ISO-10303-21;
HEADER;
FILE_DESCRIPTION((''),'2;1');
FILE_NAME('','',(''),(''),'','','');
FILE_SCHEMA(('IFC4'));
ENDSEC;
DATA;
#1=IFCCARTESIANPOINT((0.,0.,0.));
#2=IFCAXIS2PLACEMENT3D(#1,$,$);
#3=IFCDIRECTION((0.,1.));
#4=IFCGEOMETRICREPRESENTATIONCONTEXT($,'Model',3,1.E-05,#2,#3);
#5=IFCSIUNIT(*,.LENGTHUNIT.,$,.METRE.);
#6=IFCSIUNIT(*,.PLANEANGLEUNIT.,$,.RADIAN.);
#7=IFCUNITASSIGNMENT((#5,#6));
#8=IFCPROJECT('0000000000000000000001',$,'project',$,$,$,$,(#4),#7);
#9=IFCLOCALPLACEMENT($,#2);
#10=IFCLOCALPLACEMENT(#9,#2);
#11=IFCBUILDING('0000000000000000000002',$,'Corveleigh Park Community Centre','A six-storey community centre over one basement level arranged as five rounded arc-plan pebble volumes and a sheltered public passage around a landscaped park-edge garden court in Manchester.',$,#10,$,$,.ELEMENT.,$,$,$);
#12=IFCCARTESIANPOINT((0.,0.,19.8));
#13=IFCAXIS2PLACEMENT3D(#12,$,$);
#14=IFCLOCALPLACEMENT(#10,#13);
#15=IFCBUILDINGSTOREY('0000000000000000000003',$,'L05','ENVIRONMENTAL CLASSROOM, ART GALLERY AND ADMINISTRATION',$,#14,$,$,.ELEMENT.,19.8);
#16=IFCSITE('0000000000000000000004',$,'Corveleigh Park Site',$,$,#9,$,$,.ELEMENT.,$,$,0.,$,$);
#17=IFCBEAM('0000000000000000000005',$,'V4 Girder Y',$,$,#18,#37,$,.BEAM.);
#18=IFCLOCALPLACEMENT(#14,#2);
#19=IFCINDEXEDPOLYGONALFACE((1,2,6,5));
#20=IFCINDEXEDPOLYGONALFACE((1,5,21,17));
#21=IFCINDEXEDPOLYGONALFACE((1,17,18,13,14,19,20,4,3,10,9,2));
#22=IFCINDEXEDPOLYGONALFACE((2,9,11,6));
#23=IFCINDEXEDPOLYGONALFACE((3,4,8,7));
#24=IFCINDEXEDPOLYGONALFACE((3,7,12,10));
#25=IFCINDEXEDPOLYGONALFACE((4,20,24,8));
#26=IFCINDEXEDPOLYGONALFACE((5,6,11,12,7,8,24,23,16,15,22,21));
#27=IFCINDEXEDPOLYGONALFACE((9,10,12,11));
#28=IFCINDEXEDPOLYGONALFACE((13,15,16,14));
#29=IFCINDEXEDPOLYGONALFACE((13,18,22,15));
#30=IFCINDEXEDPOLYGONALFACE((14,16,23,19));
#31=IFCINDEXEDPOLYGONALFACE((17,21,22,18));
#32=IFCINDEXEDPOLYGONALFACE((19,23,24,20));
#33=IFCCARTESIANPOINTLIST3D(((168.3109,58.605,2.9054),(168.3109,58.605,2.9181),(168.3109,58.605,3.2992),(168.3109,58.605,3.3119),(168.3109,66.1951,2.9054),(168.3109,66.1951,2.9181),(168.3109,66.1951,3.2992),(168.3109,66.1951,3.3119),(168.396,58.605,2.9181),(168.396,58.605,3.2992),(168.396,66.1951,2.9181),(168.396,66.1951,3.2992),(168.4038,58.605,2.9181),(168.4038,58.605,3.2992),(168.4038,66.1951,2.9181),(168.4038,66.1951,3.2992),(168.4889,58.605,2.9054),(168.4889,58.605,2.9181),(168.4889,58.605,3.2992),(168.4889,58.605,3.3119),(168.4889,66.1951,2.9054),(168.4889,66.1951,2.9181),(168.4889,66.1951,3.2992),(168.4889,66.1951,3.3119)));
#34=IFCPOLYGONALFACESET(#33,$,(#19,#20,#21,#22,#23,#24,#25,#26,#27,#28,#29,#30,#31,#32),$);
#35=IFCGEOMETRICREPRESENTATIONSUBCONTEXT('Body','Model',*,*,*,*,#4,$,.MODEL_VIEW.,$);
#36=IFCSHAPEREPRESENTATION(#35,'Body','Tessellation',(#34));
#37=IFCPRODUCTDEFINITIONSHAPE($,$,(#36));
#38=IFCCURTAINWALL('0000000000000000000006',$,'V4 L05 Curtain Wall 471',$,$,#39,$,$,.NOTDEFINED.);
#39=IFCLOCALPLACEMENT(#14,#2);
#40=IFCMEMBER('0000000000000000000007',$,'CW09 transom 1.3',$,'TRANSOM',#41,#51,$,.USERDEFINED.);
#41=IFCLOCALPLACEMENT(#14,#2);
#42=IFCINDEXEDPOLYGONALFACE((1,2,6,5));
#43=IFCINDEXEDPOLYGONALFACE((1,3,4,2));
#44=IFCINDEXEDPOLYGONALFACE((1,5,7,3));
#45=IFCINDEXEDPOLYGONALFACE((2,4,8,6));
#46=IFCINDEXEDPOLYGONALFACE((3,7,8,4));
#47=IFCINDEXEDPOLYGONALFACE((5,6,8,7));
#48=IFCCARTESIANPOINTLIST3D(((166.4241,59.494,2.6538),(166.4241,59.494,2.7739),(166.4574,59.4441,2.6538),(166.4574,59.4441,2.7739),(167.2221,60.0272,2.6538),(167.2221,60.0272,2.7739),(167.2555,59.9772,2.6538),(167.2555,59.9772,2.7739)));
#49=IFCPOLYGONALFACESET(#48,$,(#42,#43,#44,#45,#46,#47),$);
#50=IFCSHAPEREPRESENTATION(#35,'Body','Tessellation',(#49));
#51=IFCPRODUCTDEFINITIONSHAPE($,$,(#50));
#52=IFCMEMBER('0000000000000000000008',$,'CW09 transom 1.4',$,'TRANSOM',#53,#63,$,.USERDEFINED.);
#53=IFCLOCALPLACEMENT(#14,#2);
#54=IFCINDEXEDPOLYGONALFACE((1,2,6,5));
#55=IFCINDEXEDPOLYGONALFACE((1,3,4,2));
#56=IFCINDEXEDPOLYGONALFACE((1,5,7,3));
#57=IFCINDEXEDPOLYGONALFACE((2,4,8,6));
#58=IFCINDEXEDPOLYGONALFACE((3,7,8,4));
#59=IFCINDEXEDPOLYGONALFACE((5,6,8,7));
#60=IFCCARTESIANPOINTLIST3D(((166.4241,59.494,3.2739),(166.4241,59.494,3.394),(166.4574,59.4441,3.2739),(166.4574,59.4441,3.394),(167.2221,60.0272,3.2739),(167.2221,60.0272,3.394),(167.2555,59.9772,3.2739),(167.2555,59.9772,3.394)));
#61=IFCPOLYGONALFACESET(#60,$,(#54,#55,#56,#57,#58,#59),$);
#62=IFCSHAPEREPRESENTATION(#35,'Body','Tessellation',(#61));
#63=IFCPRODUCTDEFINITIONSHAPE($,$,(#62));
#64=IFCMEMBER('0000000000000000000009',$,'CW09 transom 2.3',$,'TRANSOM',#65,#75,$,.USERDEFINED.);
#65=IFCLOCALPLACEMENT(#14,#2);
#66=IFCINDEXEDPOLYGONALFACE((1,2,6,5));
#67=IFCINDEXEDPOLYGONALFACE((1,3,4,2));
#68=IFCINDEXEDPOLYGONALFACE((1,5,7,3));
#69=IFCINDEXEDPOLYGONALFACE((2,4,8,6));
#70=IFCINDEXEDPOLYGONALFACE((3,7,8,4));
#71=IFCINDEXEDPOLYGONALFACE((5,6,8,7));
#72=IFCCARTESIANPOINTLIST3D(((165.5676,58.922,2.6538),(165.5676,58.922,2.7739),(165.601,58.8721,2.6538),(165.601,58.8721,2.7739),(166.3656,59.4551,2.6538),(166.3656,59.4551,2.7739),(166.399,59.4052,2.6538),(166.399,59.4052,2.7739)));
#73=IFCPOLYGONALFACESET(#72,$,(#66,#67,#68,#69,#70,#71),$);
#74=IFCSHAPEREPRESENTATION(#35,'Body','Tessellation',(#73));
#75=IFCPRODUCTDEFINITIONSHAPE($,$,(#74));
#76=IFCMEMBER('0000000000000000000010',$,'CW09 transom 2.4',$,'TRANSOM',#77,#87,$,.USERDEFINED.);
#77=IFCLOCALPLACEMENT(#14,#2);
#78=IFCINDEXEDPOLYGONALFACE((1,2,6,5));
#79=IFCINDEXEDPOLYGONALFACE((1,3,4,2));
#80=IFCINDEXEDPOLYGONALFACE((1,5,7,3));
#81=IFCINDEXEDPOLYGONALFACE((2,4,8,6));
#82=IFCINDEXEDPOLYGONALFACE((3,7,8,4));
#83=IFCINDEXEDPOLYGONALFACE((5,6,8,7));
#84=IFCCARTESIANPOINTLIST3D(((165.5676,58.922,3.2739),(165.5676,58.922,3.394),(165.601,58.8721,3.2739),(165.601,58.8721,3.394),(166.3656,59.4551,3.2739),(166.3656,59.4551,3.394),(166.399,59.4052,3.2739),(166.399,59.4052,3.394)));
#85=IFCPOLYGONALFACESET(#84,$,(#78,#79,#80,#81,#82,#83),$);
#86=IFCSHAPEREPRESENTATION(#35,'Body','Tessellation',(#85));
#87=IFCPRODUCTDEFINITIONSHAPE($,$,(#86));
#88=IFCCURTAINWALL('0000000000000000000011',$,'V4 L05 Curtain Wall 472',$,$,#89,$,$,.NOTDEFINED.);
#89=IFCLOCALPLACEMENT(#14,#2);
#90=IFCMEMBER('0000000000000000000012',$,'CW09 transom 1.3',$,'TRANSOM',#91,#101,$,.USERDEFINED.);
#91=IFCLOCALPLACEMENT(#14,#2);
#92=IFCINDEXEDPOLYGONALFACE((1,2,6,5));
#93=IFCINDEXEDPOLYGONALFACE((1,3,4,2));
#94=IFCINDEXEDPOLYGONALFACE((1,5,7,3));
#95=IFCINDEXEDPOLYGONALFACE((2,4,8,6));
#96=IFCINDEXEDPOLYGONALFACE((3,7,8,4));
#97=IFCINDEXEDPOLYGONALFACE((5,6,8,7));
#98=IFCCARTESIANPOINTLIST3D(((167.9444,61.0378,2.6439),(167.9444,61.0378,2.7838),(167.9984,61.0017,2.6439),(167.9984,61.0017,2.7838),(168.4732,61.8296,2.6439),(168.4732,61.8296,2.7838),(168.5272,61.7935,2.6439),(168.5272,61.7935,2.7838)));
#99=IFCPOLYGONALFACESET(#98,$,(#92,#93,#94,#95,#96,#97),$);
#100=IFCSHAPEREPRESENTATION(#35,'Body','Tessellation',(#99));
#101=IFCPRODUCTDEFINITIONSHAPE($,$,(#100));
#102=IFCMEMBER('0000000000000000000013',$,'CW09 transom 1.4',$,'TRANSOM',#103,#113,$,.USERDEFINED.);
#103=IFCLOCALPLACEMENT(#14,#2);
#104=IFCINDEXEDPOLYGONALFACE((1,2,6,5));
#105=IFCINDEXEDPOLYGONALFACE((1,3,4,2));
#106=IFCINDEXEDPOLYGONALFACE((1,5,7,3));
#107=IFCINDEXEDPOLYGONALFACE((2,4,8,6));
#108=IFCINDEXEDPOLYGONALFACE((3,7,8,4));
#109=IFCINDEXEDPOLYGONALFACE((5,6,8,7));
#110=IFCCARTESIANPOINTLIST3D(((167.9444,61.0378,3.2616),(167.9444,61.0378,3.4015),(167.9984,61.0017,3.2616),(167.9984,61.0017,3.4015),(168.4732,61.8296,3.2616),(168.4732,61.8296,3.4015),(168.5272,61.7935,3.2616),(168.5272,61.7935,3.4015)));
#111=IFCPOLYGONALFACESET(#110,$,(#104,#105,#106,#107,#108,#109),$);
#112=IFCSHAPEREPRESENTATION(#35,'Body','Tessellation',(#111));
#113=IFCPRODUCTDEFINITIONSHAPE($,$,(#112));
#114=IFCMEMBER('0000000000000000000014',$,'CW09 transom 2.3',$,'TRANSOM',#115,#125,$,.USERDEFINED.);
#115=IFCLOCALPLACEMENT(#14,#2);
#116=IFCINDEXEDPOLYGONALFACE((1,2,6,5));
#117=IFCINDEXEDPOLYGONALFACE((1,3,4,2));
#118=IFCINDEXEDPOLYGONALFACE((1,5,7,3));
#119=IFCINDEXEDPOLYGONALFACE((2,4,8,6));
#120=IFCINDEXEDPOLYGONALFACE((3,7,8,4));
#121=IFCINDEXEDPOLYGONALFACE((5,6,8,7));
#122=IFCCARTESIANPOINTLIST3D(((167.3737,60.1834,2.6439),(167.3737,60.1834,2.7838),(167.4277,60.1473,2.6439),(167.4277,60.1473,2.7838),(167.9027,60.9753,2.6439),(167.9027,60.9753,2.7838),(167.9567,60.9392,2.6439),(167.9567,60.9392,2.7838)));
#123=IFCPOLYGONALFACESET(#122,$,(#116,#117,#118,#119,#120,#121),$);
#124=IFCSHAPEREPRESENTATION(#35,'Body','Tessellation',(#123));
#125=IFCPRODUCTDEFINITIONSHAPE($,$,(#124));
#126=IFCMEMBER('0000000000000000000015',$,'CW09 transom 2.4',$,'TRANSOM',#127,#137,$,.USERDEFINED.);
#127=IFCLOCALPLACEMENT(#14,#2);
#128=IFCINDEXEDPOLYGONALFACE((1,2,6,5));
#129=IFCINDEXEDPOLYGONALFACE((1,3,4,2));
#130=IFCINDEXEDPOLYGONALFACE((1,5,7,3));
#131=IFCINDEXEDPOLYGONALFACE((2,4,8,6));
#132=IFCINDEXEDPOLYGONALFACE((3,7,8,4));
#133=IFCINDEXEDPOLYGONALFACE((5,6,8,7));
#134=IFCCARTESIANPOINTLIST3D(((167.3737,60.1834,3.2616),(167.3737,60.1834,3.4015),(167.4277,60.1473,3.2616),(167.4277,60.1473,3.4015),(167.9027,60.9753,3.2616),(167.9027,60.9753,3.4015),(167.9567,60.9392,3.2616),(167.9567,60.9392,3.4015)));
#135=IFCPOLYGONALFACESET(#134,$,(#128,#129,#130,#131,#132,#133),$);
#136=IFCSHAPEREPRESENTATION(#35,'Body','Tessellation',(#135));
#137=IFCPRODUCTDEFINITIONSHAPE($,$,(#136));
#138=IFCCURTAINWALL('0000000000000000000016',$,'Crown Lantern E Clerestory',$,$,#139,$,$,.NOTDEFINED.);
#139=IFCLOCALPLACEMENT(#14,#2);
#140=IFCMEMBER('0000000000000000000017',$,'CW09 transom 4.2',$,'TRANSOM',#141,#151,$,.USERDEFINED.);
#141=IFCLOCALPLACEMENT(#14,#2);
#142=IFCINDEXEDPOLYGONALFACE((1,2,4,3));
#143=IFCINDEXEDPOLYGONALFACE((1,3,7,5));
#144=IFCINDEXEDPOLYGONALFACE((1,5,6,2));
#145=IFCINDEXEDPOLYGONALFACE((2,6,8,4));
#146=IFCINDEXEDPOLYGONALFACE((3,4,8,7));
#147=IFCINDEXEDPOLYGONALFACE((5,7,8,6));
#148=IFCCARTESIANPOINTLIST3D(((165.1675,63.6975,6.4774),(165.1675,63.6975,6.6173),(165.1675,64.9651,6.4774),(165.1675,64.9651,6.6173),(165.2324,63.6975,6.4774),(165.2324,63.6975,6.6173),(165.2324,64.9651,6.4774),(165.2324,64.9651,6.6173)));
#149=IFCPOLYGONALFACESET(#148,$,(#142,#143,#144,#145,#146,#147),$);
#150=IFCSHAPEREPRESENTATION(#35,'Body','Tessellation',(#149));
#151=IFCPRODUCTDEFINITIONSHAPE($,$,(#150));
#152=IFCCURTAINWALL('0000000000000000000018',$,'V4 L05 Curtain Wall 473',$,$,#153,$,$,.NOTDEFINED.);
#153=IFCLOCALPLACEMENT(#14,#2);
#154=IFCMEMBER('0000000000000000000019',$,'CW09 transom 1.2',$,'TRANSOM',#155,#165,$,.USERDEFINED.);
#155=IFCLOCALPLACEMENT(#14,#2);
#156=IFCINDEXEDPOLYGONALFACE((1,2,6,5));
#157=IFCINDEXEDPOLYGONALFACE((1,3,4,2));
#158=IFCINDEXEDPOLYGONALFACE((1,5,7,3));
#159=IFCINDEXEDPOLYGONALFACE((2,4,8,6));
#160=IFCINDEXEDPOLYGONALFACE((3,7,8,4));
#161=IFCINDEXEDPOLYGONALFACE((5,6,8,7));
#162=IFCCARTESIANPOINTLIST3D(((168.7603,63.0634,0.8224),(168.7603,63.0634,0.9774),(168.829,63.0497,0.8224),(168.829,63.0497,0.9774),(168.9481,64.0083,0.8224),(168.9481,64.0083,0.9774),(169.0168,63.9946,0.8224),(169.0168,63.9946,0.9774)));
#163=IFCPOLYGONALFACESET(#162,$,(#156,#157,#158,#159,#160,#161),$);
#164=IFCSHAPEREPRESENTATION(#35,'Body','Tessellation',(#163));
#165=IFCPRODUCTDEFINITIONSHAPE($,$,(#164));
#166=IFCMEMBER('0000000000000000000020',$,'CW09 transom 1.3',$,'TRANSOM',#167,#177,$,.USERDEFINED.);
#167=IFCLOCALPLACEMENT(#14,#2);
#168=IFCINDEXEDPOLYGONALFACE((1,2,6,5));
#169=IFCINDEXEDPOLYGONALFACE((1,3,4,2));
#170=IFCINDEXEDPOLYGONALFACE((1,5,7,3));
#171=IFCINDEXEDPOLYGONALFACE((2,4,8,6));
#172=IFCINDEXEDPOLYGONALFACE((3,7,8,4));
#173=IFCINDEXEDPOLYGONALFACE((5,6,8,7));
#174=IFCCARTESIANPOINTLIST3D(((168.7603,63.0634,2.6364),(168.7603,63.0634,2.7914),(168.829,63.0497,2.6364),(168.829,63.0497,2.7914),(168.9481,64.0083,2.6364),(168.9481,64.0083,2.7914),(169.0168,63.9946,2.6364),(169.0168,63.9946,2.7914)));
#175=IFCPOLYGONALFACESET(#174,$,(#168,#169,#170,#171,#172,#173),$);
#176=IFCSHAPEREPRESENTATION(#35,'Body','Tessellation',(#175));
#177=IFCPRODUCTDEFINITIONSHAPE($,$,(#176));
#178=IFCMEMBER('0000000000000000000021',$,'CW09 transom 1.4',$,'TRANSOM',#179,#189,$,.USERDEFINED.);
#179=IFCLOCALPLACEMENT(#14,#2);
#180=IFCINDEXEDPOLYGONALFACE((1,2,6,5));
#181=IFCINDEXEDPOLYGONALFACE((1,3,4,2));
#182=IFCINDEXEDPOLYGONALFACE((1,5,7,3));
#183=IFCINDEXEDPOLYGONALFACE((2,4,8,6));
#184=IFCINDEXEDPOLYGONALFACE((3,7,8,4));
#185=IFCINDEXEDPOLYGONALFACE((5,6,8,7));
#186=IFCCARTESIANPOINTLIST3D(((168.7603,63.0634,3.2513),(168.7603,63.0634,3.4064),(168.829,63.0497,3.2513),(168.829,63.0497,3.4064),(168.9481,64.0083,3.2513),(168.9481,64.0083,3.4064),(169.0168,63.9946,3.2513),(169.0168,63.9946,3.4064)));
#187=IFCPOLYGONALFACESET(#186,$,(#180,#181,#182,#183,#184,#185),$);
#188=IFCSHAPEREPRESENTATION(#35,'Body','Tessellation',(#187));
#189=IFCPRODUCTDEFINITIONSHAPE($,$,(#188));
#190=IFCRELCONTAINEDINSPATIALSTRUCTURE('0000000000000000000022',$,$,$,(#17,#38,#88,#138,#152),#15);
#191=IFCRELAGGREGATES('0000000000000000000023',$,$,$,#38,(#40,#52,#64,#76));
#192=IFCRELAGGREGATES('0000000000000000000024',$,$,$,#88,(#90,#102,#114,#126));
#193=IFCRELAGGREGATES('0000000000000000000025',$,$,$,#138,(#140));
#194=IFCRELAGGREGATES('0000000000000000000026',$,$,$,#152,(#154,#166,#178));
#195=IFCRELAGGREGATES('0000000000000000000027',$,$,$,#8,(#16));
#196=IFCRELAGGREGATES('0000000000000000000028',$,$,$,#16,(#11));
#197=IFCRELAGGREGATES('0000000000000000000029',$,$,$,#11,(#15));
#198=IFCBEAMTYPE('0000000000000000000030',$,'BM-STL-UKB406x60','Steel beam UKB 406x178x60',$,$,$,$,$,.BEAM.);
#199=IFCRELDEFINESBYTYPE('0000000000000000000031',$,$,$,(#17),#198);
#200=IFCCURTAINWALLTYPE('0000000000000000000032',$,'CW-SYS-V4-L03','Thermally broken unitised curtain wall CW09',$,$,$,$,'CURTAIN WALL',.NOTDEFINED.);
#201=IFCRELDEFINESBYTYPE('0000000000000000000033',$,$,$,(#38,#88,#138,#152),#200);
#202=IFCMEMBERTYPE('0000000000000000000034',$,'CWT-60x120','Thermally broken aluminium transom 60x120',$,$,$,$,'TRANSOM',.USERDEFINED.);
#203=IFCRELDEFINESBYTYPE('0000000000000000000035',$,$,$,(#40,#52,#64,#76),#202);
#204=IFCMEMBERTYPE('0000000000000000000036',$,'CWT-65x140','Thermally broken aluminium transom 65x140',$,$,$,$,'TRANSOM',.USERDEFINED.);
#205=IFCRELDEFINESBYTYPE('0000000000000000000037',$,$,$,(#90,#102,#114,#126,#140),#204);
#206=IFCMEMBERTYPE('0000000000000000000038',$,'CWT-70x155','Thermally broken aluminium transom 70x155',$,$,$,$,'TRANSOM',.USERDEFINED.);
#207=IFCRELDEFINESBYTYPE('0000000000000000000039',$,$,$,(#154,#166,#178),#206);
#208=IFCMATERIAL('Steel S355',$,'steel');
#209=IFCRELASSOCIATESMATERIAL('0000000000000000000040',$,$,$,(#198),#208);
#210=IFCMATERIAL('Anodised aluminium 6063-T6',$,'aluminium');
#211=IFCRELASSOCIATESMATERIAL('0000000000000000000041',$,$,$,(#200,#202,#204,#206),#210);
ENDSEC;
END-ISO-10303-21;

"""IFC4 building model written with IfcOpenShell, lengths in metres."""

from ifc_helpers import new_model, si_unit, direction, frame, origin, origin_2d, place, context, subcontext, project, spatial, rectangle, i_section, extrude, material, material_profile, profile_set, type_object, element, aggregate, save


model = new_model("IFC4")

# Units and contexts
model_context = context("Model", 3, precision=1e-05, world=origin(), true_north=direction((0.0, 1.0)))
body_context = subcontext(model_context, "Body", "Model", "MODEL_VIEW")
ifc_project = project(units=[si_unit("LENGTHUNIT", "METRE"), si_unit("PLANEANGLEUNIT", "RADIAN")], contexts=[model_context])

# Site, building, storey
site_placement = place(None, origin())
site = spatial("IfcSite", under=ifc_project, at=site_placement, Name="Corveleigh Park Site", CompositionType="ELEMENT", RefElevation=0.0)
building_placement = place(site_placement, origin())
building = spatial("IfcBuilding", under=site, at=building_placement, Name="Corveleigh Park Community Centre", Description="A six-storey community centre over one basement level arranged as five rounded arc-plan pebble volumes and a sheltered public passage around a landscaped park-edge garden court in Manchester.", CompositionType="ELEMENT")
storey_placement = place(building_placement, frame((0.0, 0.0, 19.8)))
storey = spatial("IfcBuildingStorey", under=building, at=storey_placement, Name="L05", Description="ENVIRONMENTAL CLASSROOM, ART GALLERY AND ADMINISTRATION", CompositionType="ELEMENT", Elevation=19.8)

# Beam
ifc_material_1 = material(Name="Steel S355", Category="steel")
ifc_material_profile_1 = material_profile(ifc_material_1, i_section(OverallWidth=0.178, OverallDepth=0.4065, WebThickness=0.0078, FlangeThickness=0.0127, at=origin_2d()), Name="UKB 406x178x60", Category="steel")
ifc_profile_set_1 = profile_set([ifc_material_profile_1], Name="Steel S355")
beam_type = type_object("IfcBeamType", Name="BM-STL-UKB406x60", Description="Steel beam UKB 406x178x60", PredefinedType="BEAM", material=ifc_profile_set_1)
beam_placement = place(storey_placement, frame((168.3999, 58.605, 3.1086), z_axis=(0.0, 1.0, 0.0), x_axis=(-1.0, 0.0, 0.0)))
element("IfcBeam", 1, at=beam_placement, inside=storey, type_object=beam_type, Name="V4 Girder Y", PredefinedType="BEAM", context=body_context, shape_type="SweptSolid", body=[
    extrude(i_section(OverallWidth=0.178, OverallDepth=0.4065, WebThickness=0.0078, FlangeThickness=0.0127, at=origin_2d()), origin(), (0.0, 0.0, 1.0), 7.5901),
])

# Curtain walls, members
ifc_material_2 = material(Name="Anodised aluminium 6063-T6", Category="aluminium")
curtain_wall_type = type_object("IfcCurtainWallType", Name="CW-SYS-V4-L03", Description="Thermally broken unitised curtain wall CW09", ElementType="CURTAIN WALL", PredefinedType="NOTDEFINED", material=ifc_material_2)
curtain_wall_1_placement = place(storey_placement, origin())
curtain_wall_1 = element("IfcCurtainWall", 2, at=curtain_wall_1_placement, inside=storey, type_object=curtain_wall_type, Name="V4 L05 Curtain Wall 471", PredefinedType="NOTDEFINED")
ifc_material_profile_2 = material_profile(ifc_material_2, rectangle(XDim=0.0601, YDim=0.1201, at=origin_2d()), Name="ALU-T60x120", Category="aluminium")
ifc_profile_set_2 = profile_set([ifc_material_profile_2], Name="Anodised aluminium 6063-T6")
member_type_1 = type_object("IfcMemberType", Name="CWT-60x120", Description="Thermally broken aluminium transom 60x120", ElementType="TRANSOM", PredefinedType="USERDEFINED", material=ifc_profile_set_2)
member_1_placement = place(storey_placement, frame((167.2388, 60.0022, 2.7139), z_axis=(-0.831502, -0.555522, 0.0), x_axis=(0.555522, -0.831502, 0.0)))
member_1 = element("IfcMember", 3, at=member_1_placement, type_object=member_type_1, Name="CW09 transom 1.3", ObjectType="TRANSOM", PredefinedType="USERDEFINED", context=body_context, shape_type="SweptSolid", body=[
    extrude(rectangle(XDim=0.0601, YDim=0.1201, at=origin_2d()), origin(), (0.0, 0.0, 1.0), 0.9597),
])
member_2_placement = place(storey_placement, frame((167.2388, 60.0022, 3.334), z_axis=(-0.831502, -0.555522, 0.0), x_axis=(0.555522, -0.831502, 0.0)))
member_2 = element("IfcMember", 4, at=member_2_placement, type_object=member_type_1, Name="CW09 transom 1.4", ObjectType="TRANSOM", PredefinedType="USERDEFINED", context=body_context, shape_type="SweptSolid", body=[
    extrude(rectangle(XDim=0.0601, YDim=0.1201, at=origin_2d()), origin(), (0.0, 0.0, 1.0), 0.9597),
])
member_3_placement = place(storey_placement, frame((166.3823, 59.4302, 2.7139), z_axis=(-0.831502, -0.555522, 0.0), x_axis=(0.555522, -0.831502, 0.0)))
member_3 = element("IfcMember", 5, at=member_3_placement, type_object=member_type_1, Name="CW09 transom 2.3", ObjectType="TRANSOM", PredefinedType="USERDEFINED", context=body_context, shape_type="SweptSolid", body=[
    extrude(rectangle(XDim=0.0601, YDim=0.1201, at=origin_2d()), origin(), (0.0, 0.0, 1.0), 0.9597),
])
member_4_placement = place(storey_placement, frame((166.3823, 59.4302, 3.334), z_axis=(-0.831502, -0.555522, 0.0), x_axis=(0.555522, -0.831502, 0.0)))
member_4 = element("IfcMember", 6, at=member_4_placement, type_object=member_type_1, Name="CW09 transom 2.4", ObjectType="TRANSOM", PredefinedType="USERDEFINED", context=body_context, shape_type="SweptSolid", body=[
    extrude(rectangle(XDim=0.0601, YDim=0.1201, at=origin_2d()), origin(), (0.0, 0.0, 1.0), 0.9597),
])
curtain_wall_2_placement = place(storey_placement, origin())
curtain_wall_2 = element("IfcCurtainWall", 7, at=curtain_wall_2_placement, inside=storey, type_object=curtain_wall_type, Name="V4 L05 Curtain Wall 472", PredefinedType="NOTDEFINED")
ifc_material_profile_3 = material_profile(ifc_material_2, rectangle(XDim=0.0649, YDim=0.1399, at=origin_2d()), Name="ALU-T65x140", Category="aluminium")
ifc_profile_set_3 = profile_set([ifc_material_profile_3], Name="Anodised aluminium 6063-T6")
member_type_2 = type_object("IfcMemberType", Name="CWT-65x140", Description="Thermally broken aluminium transom 65x140", ElementType="TRANSOM", PredefinedType="USERDEFINED", material=ifc_profile_set_3)
member_5_placement = place(storey_placement, frame((168.5002, 61.8115, 2.7139), z_axis=(-0.55541, -0.831577, 0.0), x_axis=(0.831577, -0.55541, 0.0)))
member_5 = element("IfcMember", 8, at=member_5_placement, type_object=member_type_2, Name="CW09 transom 1.3", ObjectType="TRANSOM", PredefinedType="USERDEFINED", context=body_context, shape_type="SweptSolid", body=[
    extrude(rectangle(XDim=0.0649, YDim=0.1399, at=origin_2d()), origin(), (0.0, 0.0, 1.0), 0.9521),
])
member_6_placement = place(storey_placement, frame((168.5002, 61.8115, 3.3315), z_axis=(-0.55541, -0.831577, 0.0), x_axis=(0.831577, -0.55541, 0.0)))
member_6 = element("IfcMember", 9, at=member_6_placement, type_object=member_type_2, Name="CW09 transom 1.4", ObjectType="TRANSOM", PredefinedType="USERDEFINED", context=body_context, shape_type="SweptSolid", body=[
    extrude(rectangle(XDim=0.0649, YDim=0.1399, at=origin_2d()), origin(), (0.0, 0.0, 1.0), 0.9521),
])
member_7_placement = place(storey_placement, frame((167.9297, 60.9573, 2.7139), z_axis=(-0.555469, -0.831537, 0.0), x_axis=(0.831537, -0.555469, 0.0)))
member_7 = element("IfcMember", 10, at=member_7_placement, type_object=member_type_2, Name="CW09 transom 2.3", ObjectType="TRANSOM", PredefinedType="USERDEFINED", context=body_context, shape_type="SweptSolid", body=[
    extrude(rectangle(XDim=0.0649, YDim=0.1399, at=origin_2d()), origin(), (0.0, 0.0, 1.0), 0.9524),
])
member_8_placement = place(storey_placement, frame((167.9297, 60.9573, 3.3315), z_axis=(-0.555469, -0.831537, 0.0), x_axis=(0.831537, -0.555469, 0.0)))
member_8 = element("IfcMember", 11, at=member_8_placement, type_object=member_type_2, Name="CW09 transom 2.4", ObjectType="TRANSOM", PredefinedType="USERDEFINED", context=body_context, shape_type="SweptSolid", body=[
    extrude(rectangle(XDim=0.0649, YDim=0.1399, at=origin_2d()), origin(), (0.0, 0.0, 1.0), 0.9524),
])

# Curtain wall, member
curtain_wall_3_placement = place(storey_placement, origin())
curtain_wall_3 = element("IfcCurtainWall", 12, at=curtain_wall_3_placement, inside=storey, type_object=curtain_wall_type, Name="Crown Lantern E Clerestory", PredefinedType="NOTDEFINED")
member_9_placement = place(storey_placement, frame((165.2, 63.6975, 6.5474), z_axis=(0.0, 1.0, 0.0), x_axis=(-1.0, 0.0, 0.0)))
member_9 = element("IfcMember", 13, at=member_9_placement, type_object=member_type_2, Name="CW09 transom 4.2", ObjectType="TRANSOM", PredefinedType="USERDEFINED", context=body_context, shape_type="SweptSolid", body=[
    extrude(rectangle(XDim=0.0649, YDim=0.1399, at=origin_2d()), origin(), (0.0, 0.0, 1.0), 1.2676),
])

# Curtain wall, members
curtain_wall_4_placement = place(storey_placement, origin())
curtain_wall_4 = element("IfcCurtainWall", 14, at=curtain_wall_4_placement, inside=storey, type_object=curtain_wall_type, Name="V4 L05 Curtain Wall 473", PredefinedType="NOTDEFINED")
ifc_material_profile_4 = material_profile(ifc_material_2, rectangle(XDim=0.0701, YDim=0.155, at=origin_2d()), Name="ALU-T70x155", Category="aluminium")
ifc_profile_set_4 = profile_set([ifc_material_profile_4], Name="Anodised aluminium 6063-T6")
member_type_3 = type_object("IfcMemberType", Name="CWT-70x155", Description="Thermally broken aluminium transom 70x155", ElementType="TRANSOM", PredefinedType="USERDEFINED", material=ifc_profile_set_4)
member_10_placement = place(storey_placement, frame((168.9824, 64.0015, 0.8999), z_axis=(-0.194898, -0.980824, 0.0), x_axis=(0.980824, -0.194898, 0.0)))
member_10 = element("IfcMember", 15, at=member_10_placement, type_object=member_type_3, Name="CW09 transom 1.2", ObjectType="TRANSOM", PredefinedType="USERDEFINED", context=body_context, shape_type="SweptSolid", body=[
    extrude(rectangle(XDim=0.0701, YDim=0.155, at=origin_2d()), origin(), (0.0, 0.0, 1.0), 0.9634),
])
member_11_placement = place(storey_placement, frame((168.9824, 64.0015, 2.7139), z_axis=(-0.194898, -0.980824, 0.0), x_axis=(0.980824, -0.194898, 0.0)))
member_11 = element("IfcMember", 16, at=member_11_placement, type_object=member_type_3, Name="CW09 transom 1.3", ObjectType="TRANSOM", PredefinedType="USERDEFINED", context=body_context, shape_type="SweptSolid", body=[
    extrude(rectangle(XDim=0.0701, YDim=0.155, at=origin_2d()), origin(), (0.0, 0.0, 1.0), 0.9634),
])
member_12_placement = place(storey_placement, frame((168.9824, 64.0015, 3.3289), z_axis=(-0.194898, -0.980824, 0.0), x_axis=(0.980824, -0.194898, 0.0)))
member_12 = element("IfcMember", 17, at=member_12_placement, type_object=member_type_3, Name="CW09 transom 1.4", ObjectType="TRANSOM", PredefinedType="USERDEFINED", context=body_context, shape_type="SweptSolid", body=[
    extrude(rectangle(XDim=0.0701, YDim=0.155, at=origin_2d()), origin(), (0.0, 0.0, 1.0), 0.9634),
])

aggregate(curtain_wall_1, [member_1, member_2, member_3, member_4])
aggregate(curtain_wall_2, [member_5, member_6, member_7, member_8])
aggregate(curtain_wall_3, [member_9])
aggregate(curtain_wall_4, [member_10, member_11, member_12])

save(model, "model.ifc")
